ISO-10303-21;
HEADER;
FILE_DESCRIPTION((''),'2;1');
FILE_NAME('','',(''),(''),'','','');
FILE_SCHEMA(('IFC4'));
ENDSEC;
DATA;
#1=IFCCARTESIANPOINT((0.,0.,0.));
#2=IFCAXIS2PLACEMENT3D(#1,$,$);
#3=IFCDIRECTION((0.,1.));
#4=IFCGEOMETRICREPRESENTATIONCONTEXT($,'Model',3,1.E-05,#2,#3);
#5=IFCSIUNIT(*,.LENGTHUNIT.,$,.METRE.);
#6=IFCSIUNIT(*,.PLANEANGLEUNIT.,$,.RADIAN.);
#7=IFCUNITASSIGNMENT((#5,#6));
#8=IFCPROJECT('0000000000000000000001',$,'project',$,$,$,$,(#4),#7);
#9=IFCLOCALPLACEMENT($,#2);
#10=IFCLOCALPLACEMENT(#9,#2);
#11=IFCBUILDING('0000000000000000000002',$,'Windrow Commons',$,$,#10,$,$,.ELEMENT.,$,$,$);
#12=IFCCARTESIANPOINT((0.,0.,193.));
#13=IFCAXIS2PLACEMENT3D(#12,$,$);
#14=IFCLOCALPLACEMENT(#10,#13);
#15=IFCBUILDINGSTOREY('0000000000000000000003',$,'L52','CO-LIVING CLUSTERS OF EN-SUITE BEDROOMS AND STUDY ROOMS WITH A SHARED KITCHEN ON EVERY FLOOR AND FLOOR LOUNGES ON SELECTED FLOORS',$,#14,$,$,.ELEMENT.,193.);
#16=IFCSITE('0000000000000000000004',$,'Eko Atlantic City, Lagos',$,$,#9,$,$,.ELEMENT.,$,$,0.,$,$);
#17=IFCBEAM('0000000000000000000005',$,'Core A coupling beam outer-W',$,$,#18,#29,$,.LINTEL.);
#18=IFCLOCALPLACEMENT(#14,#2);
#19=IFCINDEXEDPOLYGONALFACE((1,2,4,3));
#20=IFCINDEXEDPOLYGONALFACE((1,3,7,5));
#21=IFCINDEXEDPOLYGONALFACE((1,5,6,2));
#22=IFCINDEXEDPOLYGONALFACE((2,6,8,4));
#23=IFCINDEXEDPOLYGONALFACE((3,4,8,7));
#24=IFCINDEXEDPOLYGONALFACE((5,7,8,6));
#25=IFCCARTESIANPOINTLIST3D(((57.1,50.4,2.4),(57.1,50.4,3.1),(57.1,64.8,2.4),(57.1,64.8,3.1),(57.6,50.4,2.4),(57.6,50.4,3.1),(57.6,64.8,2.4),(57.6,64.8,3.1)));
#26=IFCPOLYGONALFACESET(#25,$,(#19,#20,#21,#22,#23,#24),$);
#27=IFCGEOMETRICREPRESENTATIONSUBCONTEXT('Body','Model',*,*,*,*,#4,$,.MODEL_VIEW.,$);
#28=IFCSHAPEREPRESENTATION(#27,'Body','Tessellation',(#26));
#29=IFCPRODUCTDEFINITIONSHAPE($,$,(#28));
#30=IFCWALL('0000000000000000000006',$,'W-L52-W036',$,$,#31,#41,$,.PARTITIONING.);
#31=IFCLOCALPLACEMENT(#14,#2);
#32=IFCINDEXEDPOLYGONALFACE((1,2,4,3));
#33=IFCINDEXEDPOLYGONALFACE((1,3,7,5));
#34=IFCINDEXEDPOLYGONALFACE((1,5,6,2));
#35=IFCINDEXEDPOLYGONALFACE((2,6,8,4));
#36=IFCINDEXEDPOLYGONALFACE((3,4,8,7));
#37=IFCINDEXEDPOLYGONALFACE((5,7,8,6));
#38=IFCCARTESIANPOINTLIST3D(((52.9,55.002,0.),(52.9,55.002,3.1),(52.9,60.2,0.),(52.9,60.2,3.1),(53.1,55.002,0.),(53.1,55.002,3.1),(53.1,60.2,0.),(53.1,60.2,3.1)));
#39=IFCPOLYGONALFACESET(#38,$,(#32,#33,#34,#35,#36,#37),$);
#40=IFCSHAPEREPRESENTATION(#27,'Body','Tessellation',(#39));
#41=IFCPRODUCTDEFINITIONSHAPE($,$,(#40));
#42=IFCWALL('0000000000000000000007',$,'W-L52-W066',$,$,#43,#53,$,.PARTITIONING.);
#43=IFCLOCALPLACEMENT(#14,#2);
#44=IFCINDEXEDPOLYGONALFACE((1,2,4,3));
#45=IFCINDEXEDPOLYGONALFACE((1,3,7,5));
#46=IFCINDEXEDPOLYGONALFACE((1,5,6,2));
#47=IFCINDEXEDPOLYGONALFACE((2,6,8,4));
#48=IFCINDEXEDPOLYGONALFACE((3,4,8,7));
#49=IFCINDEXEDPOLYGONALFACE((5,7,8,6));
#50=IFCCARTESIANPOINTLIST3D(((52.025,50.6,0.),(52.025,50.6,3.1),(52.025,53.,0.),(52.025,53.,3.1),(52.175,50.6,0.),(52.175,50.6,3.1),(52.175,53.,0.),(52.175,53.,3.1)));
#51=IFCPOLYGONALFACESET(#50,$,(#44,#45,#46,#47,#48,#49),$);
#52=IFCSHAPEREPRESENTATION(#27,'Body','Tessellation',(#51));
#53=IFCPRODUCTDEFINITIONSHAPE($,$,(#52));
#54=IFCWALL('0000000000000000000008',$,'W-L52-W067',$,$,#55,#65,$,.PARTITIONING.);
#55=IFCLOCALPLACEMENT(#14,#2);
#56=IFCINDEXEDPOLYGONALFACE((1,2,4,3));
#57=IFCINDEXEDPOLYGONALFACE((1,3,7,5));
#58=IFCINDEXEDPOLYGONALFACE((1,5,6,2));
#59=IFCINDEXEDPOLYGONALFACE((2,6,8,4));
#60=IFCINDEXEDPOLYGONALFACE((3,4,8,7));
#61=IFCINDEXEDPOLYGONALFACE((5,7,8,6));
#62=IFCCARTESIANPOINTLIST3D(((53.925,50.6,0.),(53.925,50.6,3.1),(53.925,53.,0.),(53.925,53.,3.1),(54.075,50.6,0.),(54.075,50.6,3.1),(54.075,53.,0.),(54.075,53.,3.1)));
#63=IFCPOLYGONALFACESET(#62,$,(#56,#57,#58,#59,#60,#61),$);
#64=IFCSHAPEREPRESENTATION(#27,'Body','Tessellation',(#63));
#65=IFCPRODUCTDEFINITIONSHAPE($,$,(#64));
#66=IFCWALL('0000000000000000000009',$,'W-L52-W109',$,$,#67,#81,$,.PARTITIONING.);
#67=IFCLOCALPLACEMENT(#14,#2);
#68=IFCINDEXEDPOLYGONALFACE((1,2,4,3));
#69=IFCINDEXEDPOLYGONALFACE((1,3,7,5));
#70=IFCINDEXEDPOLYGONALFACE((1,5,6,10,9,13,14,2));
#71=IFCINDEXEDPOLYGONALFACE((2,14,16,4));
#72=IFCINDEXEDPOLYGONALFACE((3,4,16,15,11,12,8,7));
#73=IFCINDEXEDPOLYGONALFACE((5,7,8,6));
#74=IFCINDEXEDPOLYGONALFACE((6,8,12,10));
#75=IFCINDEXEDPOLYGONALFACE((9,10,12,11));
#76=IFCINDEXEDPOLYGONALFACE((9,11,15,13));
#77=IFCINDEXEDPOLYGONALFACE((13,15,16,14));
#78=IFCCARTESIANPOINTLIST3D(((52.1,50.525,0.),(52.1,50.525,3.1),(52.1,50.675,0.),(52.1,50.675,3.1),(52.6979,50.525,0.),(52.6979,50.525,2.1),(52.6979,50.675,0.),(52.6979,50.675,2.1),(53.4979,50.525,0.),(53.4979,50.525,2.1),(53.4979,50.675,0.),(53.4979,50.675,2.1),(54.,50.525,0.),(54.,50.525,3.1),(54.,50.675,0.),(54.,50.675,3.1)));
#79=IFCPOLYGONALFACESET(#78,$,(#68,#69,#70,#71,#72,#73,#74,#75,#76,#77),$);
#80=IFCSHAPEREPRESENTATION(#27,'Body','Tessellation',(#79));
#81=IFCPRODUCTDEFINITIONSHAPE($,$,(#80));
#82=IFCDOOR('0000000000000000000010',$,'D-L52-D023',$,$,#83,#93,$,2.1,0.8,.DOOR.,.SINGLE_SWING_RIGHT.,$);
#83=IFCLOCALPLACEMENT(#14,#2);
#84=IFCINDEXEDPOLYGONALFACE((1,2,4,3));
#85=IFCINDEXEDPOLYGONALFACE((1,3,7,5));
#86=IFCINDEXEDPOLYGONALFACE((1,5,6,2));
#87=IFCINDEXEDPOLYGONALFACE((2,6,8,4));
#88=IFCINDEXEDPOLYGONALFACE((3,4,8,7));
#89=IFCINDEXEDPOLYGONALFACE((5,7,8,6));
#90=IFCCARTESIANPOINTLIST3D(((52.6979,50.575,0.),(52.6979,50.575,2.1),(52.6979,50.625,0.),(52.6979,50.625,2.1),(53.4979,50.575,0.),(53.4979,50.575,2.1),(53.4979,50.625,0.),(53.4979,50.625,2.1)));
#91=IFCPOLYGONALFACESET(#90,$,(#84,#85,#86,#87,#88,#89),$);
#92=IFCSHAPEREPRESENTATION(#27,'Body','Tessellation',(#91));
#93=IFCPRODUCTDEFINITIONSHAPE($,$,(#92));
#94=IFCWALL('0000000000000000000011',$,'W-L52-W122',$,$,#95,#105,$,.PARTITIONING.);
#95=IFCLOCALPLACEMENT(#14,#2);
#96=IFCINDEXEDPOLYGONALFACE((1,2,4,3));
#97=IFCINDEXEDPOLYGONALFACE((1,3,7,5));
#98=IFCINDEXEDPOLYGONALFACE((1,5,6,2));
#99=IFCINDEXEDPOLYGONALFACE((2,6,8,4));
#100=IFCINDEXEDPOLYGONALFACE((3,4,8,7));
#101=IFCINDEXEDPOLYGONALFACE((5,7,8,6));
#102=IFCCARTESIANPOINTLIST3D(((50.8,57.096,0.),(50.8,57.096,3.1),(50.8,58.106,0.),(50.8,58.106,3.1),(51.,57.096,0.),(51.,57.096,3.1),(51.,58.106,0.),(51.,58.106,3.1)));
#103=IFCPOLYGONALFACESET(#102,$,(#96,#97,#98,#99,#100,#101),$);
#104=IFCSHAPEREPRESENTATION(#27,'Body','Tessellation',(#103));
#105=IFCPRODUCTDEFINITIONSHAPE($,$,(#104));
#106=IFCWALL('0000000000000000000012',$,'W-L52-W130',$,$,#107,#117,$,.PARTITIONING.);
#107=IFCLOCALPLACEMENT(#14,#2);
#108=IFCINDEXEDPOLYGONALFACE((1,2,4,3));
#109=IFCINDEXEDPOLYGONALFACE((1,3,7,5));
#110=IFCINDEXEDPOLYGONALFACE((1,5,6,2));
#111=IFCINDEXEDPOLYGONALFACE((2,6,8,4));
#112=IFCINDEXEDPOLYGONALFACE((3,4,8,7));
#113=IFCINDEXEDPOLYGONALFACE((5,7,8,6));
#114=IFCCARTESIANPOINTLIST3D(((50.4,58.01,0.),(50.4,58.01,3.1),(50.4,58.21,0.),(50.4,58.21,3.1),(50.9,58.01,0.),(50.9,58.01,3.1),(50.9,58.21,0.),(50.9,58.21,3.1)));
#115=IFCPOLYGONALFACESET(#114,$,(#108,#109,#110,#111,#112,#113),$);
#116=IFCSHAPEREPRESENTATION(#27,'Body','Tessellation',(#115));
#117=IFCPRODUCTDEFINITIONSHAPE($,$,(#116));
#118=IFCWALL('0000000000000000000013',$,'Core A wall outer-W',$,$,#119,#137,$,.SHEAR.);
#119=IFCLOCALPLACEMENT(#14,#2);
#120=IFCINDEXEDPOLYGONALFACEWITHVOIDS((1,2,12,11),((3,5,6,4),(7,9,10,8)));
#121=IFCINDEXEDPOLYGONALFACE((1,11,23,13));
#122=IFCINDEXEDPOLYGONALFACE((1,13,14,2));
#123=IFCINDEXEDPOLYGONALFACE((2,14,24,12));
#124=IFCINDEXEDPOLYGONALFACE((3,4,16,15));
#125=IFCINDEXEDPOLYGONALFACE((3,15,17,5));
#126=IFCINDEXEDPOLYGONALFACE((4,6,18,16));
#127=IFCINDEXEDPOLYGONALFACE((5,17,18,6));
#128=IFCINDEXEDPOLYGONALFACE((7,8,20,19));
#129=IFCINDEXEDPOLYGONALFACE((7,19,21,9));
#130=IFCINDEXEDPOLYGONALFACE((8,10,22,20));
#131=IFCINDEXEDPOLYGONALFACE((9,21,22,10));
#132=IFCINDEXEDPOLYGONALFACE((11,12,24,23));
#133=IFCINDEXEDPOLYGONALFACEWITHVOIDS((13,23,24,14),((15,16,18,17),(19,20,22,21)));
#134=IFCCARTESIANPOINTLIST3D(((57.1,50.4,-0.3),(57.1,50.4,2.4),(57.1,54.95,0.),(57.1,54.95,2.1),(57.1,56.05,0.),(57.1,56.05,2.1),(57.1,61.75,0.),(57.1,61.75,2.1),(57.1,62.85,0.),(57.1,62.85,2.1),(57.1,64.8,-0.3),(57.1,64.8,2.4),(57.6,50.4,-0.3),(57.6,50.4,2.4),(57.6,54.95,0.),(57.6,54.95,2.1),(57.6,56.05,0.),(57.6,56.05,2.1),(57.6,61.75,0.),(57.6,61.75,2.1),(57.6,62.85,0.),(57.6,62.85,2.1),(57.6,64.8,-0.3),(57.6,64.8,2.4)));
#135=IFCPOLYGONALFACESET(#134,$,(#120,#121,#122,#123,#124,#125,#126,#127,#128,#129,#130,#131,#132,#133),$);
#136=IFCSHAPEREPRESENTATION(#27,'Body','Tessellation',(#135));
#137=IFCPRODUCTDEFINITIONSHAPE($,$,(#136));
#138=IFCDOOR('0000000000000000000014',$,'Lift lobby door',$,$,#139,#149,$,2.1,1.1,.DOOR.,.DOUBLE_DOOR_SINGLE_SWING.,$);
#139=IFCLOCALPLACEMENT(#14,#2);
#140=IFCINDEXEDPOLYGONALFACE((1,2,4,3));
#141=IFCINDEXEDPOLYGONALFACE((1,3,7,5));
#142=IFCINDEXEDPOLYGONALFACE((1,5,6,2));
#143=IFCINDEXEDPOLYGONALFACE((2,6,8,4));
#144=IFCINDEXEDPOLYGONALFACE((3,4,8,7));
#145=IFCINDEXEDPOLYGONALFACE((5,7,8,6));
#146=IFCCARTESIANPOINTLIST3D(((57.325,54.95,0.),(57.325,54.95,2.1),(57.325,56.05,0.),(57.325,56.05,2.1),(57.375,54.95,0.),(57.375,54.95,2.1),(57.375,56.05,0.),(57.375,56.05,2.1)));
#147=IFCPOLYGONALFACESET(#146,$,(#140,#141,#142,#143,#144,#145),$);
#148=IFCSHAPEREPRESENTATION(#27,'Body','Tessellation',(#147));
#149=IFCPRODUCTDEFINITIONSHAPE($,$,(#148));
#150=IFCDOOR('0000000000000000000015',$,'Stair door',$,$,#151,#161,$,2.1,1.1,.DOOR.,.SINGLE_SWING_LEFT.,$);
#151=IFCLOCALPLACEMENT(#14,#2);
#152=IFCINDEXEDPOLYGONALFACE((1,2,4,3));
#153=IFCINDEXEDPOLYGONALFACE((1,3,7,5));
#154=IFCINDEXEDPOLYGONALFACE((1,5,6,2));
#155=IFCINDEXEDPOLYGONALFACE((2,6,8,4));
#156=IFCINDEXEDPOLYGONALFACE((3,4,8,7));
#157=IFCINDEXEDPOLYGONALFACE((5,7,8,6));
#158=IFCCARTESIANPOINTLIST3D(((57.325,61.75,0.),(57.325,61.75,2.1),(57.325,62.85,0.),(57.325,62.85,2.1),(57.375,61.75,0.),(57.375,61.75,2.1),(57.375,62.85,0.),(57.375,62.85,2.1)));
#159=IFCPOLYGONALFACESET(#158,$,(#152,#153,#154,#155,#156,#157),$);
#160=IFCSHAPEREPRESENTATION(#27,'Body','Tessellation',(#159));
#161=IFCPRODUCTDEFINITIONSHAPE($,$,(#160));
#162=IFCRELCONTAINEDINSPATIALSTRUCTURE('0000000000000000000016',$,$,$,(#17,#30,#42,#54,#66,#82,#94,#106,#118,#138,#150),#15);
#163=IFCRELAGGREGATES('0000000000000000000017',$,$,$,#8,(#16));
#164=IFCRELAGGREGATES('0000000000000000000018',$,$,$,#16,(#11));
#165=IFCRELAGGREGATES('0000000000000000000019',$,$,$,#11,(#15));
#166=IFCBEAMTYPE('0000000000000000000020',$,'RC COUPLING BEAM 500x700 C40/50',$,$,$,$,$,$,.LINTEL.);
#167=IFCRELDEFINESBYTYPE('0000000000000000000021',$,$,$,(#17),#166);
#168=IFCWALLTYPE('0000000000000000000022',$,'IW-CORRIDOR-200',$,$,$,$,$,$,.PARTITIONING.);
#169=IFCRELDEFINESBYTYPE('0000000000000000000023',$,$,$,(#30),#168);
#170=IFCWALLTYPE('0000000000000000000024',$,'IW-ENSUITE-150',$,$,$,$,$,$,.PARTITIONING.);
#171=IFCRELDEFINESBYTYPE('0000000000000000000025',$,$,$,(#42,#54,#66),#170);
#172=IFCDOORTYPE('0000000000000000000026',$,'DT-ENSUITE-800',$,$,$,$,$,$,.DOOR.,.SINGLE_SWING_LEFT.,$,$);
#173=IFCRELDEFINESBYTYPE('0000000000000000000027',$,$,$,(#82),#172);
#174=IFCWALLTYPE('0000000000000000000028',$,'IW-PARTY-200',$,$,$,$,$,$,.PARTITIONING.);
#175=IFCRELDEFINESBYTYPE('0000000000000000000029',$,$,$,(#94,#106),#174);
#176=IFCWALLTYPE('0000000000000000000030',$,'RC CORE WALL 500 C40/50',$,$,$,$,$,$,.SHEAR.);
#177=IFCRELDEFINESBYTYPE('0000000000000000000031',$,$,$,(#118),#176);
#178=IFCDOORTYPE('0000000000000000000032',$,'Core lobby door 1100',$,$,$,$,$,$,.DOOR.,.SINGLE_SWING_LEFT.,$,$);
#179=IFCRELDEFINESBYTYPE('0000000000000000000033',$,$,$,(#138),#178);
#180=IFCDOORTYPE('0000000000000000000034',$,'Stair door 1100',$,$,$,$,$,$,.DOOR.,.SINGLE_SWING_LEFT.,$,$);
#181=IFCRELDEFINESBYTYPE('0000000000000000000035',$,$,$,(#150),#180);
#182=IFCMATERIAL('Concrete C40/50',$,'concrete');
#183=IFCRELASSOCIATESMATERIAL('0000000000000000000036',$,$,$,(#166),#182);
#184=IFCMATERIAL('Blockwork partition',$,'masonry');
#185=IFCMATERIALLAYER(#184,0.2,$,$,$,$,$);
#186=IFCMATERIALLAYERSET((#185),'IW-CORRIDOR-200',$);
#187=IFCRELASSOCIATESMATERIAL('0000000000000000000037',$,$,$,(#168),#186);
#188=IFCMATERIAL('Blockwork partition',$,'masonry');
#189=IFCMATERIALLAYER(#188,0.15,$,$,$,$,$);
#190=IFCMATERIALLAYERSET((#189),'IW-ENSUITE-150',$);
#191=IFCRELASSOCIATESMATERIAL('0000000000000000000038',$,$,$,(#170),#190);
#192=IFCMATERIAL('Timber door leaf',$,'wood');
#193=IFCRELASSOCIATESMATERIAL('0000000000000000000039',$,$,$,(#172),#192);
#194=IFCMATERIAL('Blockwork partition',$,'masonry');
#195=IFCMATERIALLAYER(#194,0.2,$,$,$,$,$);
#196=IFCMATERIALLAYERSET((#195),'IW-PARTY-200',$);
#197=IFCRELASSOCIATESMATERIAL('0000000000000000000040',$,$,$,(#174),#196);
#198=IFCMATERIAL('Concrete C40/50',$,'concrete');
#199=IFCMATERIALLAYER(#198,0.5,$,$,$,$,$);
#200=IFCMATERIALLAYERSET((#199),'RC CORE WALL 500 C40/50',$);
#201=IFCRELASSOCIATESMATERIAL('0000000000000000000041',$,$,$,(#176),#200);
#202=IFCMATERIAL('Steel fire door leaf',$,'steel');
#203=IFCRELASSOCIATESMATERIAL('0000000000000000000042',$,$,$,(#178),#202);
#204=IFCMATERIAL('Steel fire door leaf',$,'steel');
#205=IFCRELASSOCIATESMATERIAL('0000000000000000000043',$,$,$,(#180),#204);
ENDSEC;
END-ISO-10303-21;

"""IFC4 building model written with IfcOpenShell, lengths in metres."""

from ifc_helpers import new_model, si_unit, direction, frame, frame_2d, origin, origin_2d, place, context, subcontext, project, spatial, rectangle, extrude, material, layer, layer_set, material_profile, profile_set, type_object, element, fill, save


model = new_model("IFC4")

# Units and contexts
model_context = context("Model", 3, precision=1e-05, world=origin(), true_north=direction((0.0, 1.0)))
body_context = subcontext(model_context, "Body", "Model", "MODEL_VIEW")
ifc_project = project(units=[si_unit("LENGTHUNIT", "METRE"), si_unit("PLANEANGLEUNIT", "RADIAN")], contexts=[model_context])

# Site, building, storey
site_placement = place(None, origin())
site = spatial("IfcSite", under=ifc_project, at=site_placement, Name="Eko Atlantic City, Lagos", CompositionType="ELEMENT", RefElevation=0.0)
building_placement = place(site_placement, origin())
building = spatial("IfcBuilding", under=site, at=building_placement, Name="Windrow Commons", CompositionType="ELEMENT")
storey_placement = place(building_placement, frame((0.0, 0.0, 193.0)))
storey = spatial("IfcBuildingStorey", under=building, at=storey_placement, Name="L52", Description="CO-LIVING CLUSTERS OF EN-SUITE BEDROOMS AND STUDY ROOMS WITH A SHARED KITCHEN ON EVERY FLOOR AND FLOOR LOUNGES ON SELECTED FLOORS", CompositionType="ELEMENT", Elevation=193.0)

# Beam
ifc_material_1 = material(Name="Concrete C40/50", Category="concrete")
ifc_material_profile = material_profile(ifc_material_1, rectangle(XDim=0.5, YDim=0.7, at=origin_2d()))
ifc_profile_set = profile_set([ifc_material_profile], Name="Concrete C40/50")
beam_type = type_object("IfcBeamType", Name="RC COUPLING BEAM 500x700 C40/50", PredefinedType="LINTEL", material=ifc_profile_set)
beam_placement = place(storey_placement, frame((57.35, 50.4, 2.75), z_axis=(0.0, 1.0, 0.0), x_axis=(-1.0, 0.0, 0.0)))
element("IfcBeam", 1, at=beam_placement, inside=storey, type_object=beam_type, Name="Core A coupling beam outer-W", PredefinedType="LINTEL", context=body_context, shape_type="SweptSolid", body=[
    extrude(rectangle(XDim=0.5, YDim=0.7, at=origin_2d()), origin(), (0.0, 0.0, 1.0), 14.4),
])

# Walls
ifc_material_2 = material(Name="Blockwork partition", Category="masonry")
ifc_layer_1 = layer(ifc_material_2, 0.2)
ifc_layer_set_1 = layer_set([ifc_layer_1], Name="IW-CORRIDOR-200")
wall_type_1 = type_object("IfcWallType", Name="IW-CORRIDOR-200", PredefinedType="PARTITIONING", material=ifc_layer_set_1)
wall_1_placement = place(storey_placement, frame((53.0, 55.002, 0.0), z_axis=(0.0, 0.0, 1.0), x_axis=(0.0, 1.0, 0.0)))
element("IfcWall", 2, at=wall_1_placement, inside=storey, type_object=wall_type_1, Name="W-L52-W036", PredefinedType="PARTITIONING", context=body_context, shape_type="SweptSolid", body=[
    extrude(rectangle(XDim=5.198, YDim=0.2, at=frame_2d((2.599, 0.0))), origin(), (0.0, 0.0, 1.0), 3.1),
])
ifc_material_3 = material(Name="Blockwork partition", Category="masonry")
ifc_layer_2 = layer(ifc_material_3, 0.15)
ifc_layer_set_2 = layer_set([ifc_layer_2], Name="IW-ENSUITE-150")
wall_type_2 = type_object("IfcWallType", Name="IW-ENSUITE-150", PredefinedType="PARTITIONING", material=ifc_layer_set_2)
for number, where, z_axis, x_axis, name in (
    (3, (52.1, 50.6, 0.0), (0.0, 0.0, 1.0), (0.0, 1.0, 0.0), "W-L52-W066"),
    (4, (54.0, 50.6, 0.0), (0.0, 0.0, 1.0), (0.0, 1.0, 0.0), "W-L52-W067"),
):
    element("IfcWall", number, at=place(storey_placement, frame(where, z_axis=z_axis, x_axis=x_axis)), inside=storey, type_object=wall_type_2, Name=name, PredefinedType="PARTITIONING", context=body_context, shape_type="SweptSolid", body=[
        extrude(rectangle(XDim=2.4, YDim=0.15, at=frame_2d((1.2, 0.0))), origin(), (0.0, 0.0, 1.0), 3.1),
    ])

# Wall, opening, door
wall_2_placement = place(storey_placement, frame((52.1, 50.6, 0.0), z_axis=(0.0, 0.0, 1.0), x_axis=(1.0, 0.0, 0.0)))
wall_2 = element("IfcWall", 5, at=wall_2_placement, inside=storey, type_object=wall_type_2, Name="W-L52-W109", PredefinedType="PARTITIONING", context=body_context, shape_type="SweptSolid", body=[
    extrude(rectangle(XDim=1.9, YDim=0.15, at=frame_2d((0.95, 0.0))), origin(), (0.0, 0.0, 1.0), 3.1),
])
opening_1_placement = place(wall_2_placement, frame((0.5979, 0.0, 0.0)))
opening_1 = element("IfcOpeningElement", 6, at=opening_1_placement, cuts=wall_2, PredefinedType="OPENING", context=body_context, shape_type="SweptSolid", body=[
    extrude(rectangle(XDim=0.8, YDim=2.1, at=frame_2d((0.4, 1.05))), frame((0.0, 0.085, 0.0), z_axis=(0.0, -1.0, 0.0), x_axis=(1.0, 0.0, 0.0)), (0.0, 0.0, 1.0), 0.17),
])
ifc_material_4 = material(Name="Timber door leaf", Category="wood")
door_type_1 = type_object("IfcDoorType", Name="DT-ENSUITE-800", OperationType="SINGLE_SWING_LEFT", PredefinedType="DOOR", material=ifc_material_4)
door_1_placement = place(opening_1_placement, origin())
door_1 = element("IfcDoor", 7, at=door_1_placement, inside=storey, type_object=door_type_1, Name="D-L52-D023", OperationType="SINGLE_SWING_RIGHT", OverallHeight=2.1, OverallWidth=0.8, PredefinedType="DOOR", context=body_context, shape_type="SweptSolid", body=[
    extrude(rectangle(XDim=0.8, YDim=2.1, at=frame_2d((0.4, 1.05))), frame((0.0, 0.025, 0.0), z_axis=(0.0, -1.0, 0.0), x_axis=(1.0, 0.0, 0.0)), (0.0, 0.0, 1.0), 0.05),
])
fill(opening_1, door_1)

# Walls
ifc_material_5 = material(Name="Blockwork partition", Category="masonry")
ifc_layer_3 = layer(ifc_material_5, 0.2)
ifc_layer_set_3 = layer_set([ifc_layer_3], Name="IW-PARTY-200")
wall_type_3 = type_object("IfcWallType", Name="IW-PARTY-200", PredefinedType="PARTITIONING", material=ifc_layer_set_3)
wall_3_placement = place(storey_placement, frame((50.9, 57.096, 0.0), z_axis=(0.0, 0.0, 1.0), x_axis=(0.0, 1.0, 0.0)))
element("IfcWall", 8, at=wall_3_placement, inside=storey, type_object=wall_type_3, Name="W-L52-W122", PredefinedType="PARTITIONING", context=body_context, shape_type="SweptSolid", body=[
    extrude(rectangle(XDim=1.01, YDim=0.2, at=frame_2d((0.505, 0.0))), origin(), (0.0, 0.0, 1.0), 3.1),
])
wall_4_placement = place(storey_placement, frame((50.4, 58.11, 0.0), z_axis=(0.0, 0.0, 1.0), x_axis=(1.0, 0.0, 0.0)))
element("IfcWall", 9, at=wall_4_placement, inside=storey, type_object=wall_type_3, Name="W-L52-W130", PredefinedType="PARTITIONING", context=body_context, shape_type="SweptSolid", body=[
    extrude(rectangle(XDim=0.5, YDim=0.2, at=frame_2d((0.25, 0.0))), origin(), (0.0, 0.0, 1.0), 3.1),
])

# Wall, openings, doors
ifc_material_6 = material(Name="Concrete C40/50", Category="concrete")
ifc_layer_4 = layer(ifc_material_6, 0.5)
ifc_layer_set_4 = layer_set([ifc_layer_4], Name="RC CORE WALL 500 C40/50")
wall_type_4 = type_object("IfcWallType", Name="RC CORE WALL 500 C40/50", PredefinedType="SHEAR", material=ifc_layer_set_4)
wall_5_placement = place(storey_placement, frame((57.35, 50.4, -0.3), z_axis=(0.0, 0.0, 1.0), x_axis=(0.0, 1.0, 0.0)))
wall_5 = element("IfcWall", 10, at=wall_5_placement, inside=storey, type_object=wall_type_4, Name="Core A wall outer-W", PredefinedType="SHEAR", context=body_context, shape_type="SweptSolid", body=[
    extrude(rectangle(XDim=14.4, YDim=0.5, at=frame_2d((7.2, 0.0))), origin(), (0.0, 0.0, 1.0), 2.7),
])
opening_2_placement = place(wall_5_placement, frame((4.55, 0.0, 0.3)))
opening_2 = element("IfcOpeningElement", 11, at=opening_2_placement, cuts=wall_5, PredefinedType="OPENING", context=body_context, shape_type="SweptSolid", body=[
    extrude(rectangle(XDim=1.1, YDim=2.1, at=frame_2d((0.55, 1.05))), frame((0.0, 0.26, 0.0), z_axis=(0.0, -1.0, 0.0), x_axis=(1.0, 0.0, 0.0)), (0.0, 0.0, 1.0), 0.52),
])
opening_3_placement = place(wall_5_placement, frame((11.35, 0.0, 0.3)))
opening_3 = element("IfcOpeningElement", 12, at=opening_3_placement, cuts=wall_5, PredefinedType="OPENING", context=body_context, shape_type="SweptSolid", body=[
    extrude(rectangle(XDim=1.1, YDim=2.1, at=frame_2d((0.55, 1.05))), frame((0.0, 0.26, 0.0), z_axis=(0.0, -1.0, 0.0), x_axis=(1.0, 0.0, 0.0)), (0.0, 0.0, 1.0), 0.52),
])
ifc_material_7 = material(Name="Steel fire door leaf", Category="steel")
door_type_2 = type_object("IfcDoorType", Name="Core lobby door 1100", OperationType="SINGLE_SWING_LEFT", PredefinedType="DOOR", material=ifc_material_7)
door_2_placement = place(opening_2_placement, origin())
door_2 = element("IfcDoor", 13, at=door_2_placement, inside=storey, type_object=door_type_2, Name="Lift lobby door", OperationType="DOUBLE_DOOR_SINGLE_SWING", OverallHeight=2.1, OverallWidth=1.1, PredefinedType="DOOR", context=body_context, shape_type="SweptSolid", body=[
    extrude(rectangle(XDim=1.1, YDim=2.1, at=frame_2d((0.55, 1.05))), frame((0.0, 0.025, 0.0), z_axis=(0.0, -1.0, 0.0), x_axis=(1.0, 0.0, 0.0)), (0.0, 0.0, 1.0), 0.05),
])
fill(opening_2, door_2)
ifc_material_8 = material(Name="Steel fire door leaf", Category="steel")
door_type_3 = type_object("IfcDoorType", Name="Stair door 1100", OperationType="SINGLE_SWING_LEFT", PredefinedType="DOOR", material=ifc_material_8)
door_3_placement = place(opening_3_placement, origin())
door_3 = element("IfcDoor", 14, at=door_3_placement, inside=storey, type_object=door_type_3, Name="Stair door", OperationType="SINGLE_SWING_LEFT", OverallHeight=2.1, OverallWidth=1.1, PredefinedType="DOOR", context=body_context, shape_type="SweptSolid", body=[
    extrude(rectangle(XDim=1.1, YDim=2.1, at=frame_2d((0.55, 1.05))), frame((0.0, 0.025, 0.0), z_axis=(0.0, -1.0, 0.0), x_axis=(1.0, 0.0, 0.0)), (0.0, 0.0, 1.0), 0.05),
])
fill(opening_3, door_3)

save(model, "model.ifc")
